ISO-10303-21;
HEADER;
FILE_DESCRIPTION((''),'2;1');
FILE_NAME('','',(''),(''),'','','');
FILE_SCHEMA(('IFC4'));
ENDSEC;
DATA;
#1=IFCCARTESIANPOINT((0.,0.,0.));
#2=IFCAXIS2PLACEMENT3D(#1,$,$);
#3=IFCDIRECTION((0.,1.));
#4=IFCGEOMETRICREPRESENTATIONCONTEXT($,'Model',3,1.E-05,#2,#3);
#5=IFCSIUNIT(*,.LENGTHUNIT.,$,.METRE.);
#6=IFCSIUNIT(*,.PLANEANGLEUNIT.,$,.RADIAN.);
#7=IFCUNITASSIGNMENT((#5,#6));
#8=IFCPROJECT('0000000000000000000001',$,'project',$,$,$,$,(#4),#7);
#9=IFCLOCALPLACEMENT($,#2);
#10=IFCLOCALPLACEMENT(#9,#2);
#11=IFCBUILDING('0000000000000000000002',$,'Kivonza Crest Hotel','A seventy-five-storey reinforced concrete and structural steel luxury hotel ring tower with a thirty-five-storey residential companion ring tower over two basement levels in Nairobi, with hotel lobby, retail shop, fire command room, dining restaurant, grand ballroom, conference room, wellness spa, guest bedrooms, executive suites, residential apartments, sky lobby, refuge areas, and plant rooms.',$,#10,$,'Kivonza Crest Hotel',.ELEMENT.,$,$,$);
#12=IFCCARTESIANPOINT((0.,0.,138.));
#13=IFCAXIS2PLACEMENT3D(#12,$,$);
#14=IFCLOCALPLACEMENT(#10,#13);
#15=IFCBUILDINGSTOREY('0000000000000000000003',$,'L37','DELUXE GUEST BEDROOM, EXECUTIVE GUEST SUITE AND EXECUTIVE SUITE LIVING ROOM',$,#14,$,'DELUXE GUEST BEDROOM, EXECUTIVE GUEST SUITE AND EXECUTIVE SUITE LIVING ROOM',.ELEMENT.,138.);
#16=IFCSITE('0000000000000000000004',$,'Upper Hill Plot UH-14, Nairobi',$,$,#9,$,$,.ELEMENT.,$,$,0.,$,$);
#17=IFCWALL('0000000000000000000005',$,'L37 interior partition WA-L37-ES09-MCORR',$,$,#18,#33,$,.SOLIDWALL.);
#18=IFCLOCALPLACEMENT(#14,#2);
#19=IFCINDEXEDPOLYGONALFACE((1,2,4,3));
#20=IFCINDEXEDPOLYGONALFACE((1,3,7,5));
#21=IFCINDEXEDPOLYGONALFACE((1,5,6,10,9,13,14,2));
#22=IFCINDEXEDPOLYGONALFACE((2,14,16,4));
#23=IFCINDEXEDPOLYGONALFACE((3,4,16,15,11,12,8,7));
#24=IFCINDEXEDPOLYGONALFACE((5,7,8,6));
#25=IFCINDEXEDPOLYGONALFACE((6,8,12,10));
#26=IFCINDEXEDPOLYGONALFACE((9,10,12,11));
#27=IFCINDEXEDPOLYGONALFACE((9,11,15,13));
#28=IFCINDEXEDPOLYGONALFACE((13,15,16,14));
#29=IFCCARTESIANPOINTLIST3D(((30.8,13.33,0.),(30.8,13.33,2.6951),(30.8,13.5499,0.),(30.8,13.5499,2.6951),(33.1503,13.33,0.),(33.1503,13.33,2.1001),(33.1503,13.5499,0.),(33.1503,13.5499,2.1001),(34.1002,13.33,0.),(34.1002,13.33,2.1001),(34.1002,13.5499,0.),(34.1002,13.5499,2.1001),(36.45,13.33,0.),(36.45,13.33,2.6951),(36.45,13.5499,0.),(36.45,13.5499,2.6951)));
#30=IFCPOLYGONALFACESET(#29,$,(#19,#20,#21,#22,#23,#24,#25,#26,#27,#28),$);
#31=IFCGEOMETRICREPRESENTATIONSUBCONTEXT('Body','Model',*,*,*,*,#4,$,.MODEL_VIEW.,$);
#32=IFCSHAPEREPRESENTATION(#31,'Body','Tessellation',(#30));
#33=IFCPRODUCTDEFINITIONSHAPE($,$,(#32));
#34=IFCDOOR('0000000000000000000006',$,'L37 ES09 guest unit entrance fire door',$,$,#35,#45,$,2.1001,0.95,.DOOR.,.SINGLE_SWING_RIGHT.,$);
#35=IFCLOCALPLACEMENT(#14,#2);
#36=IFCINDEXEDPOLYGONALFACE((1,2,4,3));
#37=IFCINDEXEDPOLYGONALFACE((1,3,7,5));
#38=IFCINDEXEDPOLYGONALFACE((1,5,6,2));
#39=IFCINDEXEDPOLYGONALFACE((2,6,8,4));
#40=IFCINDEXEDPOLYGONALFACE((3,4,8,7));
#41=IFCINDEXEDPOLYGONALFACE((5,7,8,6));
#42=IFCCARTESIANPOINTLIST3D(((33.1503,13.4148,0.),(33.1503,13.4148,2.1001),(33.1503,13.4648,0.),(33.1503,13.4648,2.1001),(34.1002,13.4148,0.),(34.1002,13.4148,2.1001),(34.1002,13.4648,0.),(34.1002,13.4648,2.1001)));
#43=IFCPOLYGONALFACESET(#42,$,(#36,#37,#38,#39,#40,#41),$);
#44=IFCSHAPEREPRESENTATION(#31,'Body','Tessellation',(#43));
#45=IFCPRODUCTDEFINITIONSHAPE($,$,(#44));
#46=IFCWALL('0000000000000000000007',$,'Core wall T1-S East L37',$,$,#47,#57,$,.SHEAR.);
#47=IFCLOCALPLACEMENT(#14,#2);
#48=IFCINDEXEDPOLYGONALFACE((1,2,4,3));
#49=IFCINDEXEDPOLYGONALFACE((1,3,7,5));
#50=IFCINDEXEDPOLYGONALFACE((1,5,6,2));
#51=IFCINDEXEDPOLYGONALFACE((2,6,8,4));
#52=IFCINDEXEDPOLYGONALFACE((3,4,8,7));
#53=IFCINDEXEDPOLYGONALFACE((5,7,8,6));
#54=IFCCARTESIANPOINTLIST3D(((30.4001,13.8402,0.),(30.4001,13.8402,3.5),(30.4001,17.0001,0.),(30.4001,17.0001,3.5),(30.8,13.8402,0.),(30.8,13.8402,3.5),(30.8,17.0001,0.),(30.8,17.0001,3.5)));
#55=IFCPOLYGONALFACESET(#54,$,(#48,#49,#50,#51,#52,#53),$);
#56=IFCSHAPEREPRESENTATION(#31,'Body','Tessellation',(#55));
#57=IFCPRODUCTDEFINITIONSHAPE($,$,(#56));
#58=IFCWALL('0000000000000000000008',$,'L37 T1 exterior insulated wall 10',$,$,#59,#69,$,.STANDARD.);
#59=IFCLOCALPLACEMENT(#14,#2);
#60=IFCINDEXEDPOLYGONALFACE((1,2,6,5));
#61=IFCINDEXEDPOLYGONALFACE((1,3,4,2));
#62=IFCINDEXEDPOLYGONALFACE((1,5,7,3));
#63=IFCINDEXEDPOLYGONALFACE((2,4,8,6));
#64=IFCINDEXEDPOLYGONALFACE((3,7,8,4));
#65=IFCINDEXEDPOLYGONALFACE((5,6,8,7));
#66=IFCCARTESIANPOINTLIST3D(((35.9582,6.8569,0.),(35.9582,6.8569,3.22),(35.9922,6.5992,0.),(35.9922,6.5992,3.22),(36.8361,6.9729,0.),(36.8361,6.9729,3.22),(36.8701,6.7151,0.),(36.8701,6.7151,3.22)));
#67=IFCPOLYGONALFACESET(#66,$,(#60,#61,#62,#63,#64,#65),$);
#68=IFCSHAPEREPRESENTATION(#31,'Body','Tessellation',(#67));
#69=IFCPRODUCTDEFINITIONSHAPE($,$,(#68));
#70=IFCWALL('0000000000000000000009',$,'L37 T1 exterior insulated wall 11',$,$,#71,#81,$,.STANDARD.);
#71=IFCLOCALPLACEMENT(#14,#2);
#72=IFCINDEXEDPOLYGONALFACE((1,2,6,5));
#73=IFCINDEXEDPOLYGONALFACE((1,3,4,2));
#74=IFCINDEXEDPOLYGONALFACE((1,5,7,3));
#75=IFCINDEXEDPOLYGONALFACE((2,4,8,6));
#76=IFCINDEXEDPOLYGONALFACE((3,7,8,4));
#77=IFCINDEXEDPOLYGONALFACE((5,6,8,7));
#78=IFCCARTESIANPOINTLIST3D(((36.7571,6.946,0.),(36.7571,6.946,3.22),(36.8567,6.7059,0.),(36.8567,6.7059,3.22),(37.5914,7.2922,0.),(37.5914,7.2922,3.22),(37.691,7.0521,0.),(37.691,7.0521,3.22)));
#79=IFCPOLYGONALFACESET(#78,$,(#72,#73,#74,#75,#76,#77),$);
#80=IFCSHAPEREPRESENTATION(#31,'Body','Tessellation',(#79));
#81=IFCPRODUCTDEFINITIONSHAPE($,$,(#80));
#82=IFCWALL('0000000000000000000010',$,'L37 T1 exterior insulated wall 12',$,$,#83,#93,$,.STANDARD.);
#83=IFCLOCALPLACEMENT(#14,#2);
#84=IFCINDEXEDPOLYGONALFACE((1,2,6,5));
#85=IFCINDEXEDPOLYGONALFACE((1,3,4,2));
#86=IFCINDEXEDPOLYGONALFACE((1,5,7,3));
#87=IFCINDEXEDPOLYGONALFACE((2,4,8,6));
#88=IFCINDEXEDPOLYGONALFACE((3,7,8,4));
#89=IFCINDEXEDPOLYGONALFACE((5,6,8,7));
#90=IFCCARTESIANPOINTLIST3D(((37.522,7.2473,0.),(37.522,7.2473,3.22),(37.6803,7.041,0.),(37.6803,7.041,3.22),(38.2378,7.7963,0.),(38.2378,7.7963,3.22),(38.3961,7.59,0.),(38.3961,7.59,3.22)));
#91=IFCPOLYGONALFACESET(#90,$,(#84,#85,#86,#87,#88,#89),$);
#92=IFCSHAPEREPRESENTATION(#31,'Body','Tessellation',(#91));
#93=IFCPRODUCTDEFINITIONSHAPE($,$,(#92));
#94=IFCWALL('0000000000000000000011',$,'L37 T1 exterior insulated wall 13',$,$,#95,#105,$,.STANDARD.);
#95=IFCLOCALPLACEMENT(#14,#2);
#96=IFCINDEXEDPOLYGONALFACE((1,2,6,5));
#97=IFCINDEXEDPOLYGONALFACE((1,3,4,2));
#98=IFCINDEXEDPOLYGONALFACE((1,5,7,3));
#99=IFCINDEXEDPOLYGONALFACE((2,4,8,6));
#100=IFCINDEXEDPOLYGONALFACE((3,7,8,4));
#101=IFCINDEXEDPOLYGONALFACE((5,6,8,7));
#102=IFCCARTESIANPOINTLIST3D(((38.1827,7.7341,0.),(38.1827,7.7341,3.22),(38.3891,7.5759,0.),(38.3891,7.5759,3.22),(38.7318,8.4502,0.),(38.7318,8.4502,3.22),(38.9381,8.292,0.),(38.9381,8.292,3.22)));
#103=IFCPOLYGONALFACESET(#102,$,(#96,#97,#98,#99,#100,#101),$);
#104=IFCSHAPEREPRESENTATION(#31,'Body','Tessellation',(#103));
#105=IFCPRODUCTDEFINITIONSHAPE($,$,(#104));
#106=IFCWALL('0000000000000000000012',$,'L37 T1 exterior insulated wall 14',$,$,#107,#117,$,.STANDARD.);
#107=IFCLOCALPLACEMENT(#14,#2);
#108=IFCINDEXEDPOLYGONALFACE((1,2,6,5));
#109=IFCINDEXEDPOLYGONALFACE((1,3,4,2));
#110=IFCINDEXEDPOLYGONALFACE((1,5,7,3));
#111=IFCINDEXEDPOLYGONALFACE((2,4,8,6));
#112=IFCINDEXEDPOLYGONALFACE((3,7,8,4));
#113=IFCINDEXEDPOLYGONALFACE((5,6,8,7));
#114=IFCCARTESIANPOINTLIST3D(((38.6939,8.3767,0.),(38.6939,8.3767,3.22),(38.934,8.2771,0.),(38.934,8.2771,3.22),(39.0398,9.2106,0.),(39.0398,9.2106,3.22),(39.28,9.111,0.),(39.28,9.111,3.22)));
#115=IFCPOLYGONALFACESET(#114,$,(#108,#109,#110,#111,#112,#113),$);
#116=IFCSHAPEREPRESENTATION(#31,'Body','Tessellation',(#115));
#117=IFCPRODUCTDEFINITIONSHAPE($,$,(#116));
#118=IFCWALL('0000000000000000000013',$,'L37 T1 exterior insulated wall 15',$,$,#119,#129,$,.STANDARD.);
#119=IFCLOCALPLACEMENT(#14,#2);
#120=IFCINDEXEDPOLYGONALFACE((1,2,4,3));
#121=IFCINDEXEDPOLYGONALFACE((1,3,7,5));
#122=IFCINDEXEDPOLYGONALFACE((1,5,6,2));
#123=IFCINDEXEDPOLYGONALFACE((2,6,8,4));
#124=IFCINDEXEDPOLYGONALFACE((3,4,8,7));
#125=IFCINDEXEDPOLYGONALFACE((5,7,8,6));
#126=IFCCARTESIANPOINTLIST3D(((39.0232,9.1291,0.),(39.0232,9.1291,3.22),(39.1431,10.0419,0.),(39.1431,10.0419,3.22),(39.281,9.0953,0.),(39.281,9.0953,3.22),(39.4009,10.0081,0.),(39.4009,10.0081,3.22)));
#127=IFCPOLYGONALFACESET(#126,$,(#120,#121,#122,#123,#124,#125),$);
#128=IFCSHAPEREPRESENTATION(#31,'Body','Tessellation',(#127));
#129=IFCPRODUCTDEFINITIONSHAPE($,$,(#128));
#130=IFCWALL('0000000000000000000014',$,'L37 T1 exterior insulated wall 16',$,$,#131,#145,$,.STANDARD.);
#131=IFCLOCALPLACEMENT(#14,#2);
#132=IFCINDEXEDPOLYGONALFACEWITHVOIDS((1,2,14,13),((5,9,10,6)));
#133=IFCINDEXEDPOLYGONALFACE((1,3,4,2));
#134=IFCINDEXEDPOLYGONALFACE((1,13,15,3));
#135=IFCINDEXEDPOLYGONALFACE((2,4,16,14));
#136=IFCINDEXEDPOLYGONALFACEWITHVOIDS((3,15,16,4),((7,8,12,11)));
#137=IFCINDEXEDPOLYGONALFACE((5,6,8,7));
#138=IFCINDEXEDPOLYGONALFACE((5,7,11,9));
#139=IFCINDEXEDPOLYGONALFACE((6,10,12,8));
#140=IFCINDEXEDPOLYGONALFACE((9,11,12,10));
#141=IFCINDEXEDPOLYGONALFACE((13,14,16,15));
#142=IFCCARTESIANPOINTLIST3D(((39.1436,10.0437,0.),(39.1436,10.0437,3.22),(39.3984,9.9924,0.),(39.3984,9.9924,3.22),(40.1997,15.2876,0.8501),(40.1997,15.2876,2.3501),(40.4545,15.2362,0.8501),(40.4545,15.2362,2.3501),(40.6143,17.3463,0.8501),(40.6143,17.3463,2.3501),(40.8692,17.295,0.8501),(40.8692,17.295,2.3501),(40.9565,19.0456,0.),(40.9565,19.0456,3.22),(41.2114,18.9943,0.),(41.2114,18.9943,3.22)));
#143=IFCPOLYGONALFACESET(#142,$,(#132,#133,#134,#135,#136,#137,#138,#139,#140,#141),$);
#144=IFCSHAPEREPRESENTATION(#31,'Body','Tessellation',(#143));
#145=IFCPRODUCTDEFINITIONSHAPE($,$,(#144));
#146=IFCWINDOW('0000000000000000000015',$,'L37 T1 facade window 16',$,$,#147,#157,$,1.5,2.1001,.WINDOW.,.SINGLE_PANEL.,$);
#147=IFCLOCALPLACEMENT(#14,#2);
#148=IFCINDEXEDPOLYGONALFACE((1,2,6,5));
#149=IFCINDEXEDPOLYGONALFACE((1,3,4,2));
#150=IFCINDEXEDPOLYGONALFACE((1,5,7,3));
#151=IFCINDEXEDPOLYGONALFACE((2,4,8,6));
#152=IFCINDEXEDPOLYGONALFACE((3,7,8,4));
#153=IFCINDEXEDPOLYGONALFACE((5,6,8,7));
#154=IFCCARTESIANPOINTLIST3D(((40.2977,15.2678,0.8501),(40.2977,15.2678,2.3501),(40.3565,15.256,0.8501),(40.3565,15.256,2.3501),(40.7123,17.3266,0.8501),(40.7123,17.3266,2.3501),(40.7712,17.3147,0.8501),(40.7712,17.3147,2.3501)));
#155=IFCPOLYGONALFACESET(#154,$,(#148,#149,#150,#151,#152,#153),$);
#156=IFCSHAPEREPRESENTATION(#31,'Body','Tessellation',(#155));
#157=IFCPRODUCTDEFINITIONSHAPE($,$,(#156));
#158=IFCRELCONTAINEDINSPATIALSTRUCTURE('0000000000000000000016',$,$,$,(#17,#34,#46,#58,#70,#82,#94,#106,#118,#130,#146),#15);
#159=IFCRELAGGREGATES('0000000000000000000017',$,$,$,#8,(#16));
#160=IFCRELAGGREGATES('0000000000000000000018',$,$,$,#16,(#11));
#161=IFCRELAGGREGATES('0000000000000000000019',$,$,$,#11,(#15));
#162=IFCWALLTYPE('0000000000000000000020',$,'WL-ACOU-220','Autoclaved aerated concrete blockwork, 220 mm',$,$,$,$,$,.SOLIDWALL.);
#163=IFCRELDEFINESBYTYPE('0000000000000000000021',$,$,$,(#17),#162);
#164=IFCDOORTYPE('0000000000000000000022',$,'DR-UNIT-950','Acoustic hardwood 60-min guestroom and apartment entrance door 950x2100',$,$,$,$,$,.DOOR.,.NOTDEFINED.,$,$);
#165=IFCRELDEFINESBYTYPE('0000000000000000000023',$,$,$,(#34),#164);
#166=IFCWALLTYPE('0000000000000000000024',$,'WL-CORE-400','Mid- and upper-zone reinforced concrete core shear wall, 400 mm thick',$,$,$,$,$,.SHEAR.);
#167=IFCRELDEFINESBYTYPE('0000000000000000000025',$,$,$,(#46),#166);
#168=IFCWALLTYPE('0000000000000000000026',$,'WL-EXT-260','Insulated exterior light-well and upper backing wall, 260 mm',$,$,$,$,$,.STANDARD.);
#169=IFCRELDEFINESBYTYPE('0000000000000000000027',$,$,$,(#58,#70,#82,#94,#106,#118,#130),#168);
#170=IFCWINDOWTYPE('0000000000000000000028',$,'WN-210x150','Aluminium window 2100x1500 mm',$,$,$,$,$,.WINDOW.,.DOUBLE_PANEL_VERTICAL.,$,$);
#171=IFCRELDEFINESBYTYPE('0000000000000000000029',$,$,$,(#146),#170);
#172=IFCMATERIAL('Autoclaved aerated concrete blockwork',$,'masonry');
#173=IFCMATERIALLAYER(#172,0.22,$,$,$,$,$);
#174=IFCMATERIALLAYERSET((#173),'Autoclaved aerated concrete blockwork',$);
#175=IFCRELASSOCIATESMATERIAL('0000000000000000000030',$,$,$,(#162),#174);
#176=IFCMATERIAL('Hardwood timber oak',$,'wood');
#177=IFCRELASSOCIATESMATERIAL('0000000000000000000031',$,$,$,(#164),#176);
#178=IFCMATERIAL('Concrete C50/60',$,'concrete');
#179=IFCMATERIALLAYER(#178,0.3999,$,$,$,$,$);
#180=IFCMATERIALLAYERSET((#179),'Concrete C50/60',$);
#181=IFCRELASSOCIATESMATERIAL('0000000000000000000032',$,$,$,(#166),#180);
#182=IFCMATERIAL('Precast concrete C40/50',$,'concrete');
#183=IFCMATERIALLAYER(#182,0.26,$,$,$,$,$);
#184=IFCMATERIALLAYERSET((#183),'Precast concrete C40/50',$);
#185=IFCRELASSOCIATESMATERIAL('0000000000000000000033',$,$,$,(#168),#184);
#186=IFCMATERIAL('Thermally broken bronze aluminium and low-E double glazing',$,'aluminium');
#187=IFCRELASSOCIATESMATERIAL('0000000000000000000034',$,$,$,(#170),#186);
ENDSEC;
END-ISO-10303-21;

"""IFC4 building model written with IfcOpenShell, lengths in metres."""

from ifc_helpers import new_model, si_unit, direction, frame, frame_2d, origin, place, context, subcontext, project, spatial, rectangle, extrude, material, layer, layer_set, type_object, element, fill, save


model = new_model("IFC4")

# Units and contexts
model_context = context("Model", 3, precision=1e-05, world=origin(), true_north=direction((0.0, 1.0)))
body_context = subcontext(model_context, "Body", "Model", "MODEL_VIEW")
ifc_project = project(units=[si_unit("LENGTHUNIT", "METRE"), si_unit("PLANEANGLEUNIT", "RADIAN")], contexts=[model_context])

# Site, building, storey
site_placement = place(None, origin())
site = spatial("IfcSite", under=ifc_project, at=site_placement, Name="Upper Hill Plot UH-14, Nairobi", CompositionType="ELEMENT", RefElevation=0.0)
building_placement = place(site_placement, origin())
building = spatial("IfcBuilding", under=site, at=building_placement, Name="Kivonza Crest Hotel", Description="A seventy-five-storey reinforced concrete and structural steel luxury hotel ring tower with a thirty-five-storey residential companion ring tower over two basement levels in Nairobi, with hotel lobby, retail shop, fire command room, dining restaurant, grand ballroom, conference room, wellness spa, guest bedrooms, executive suites, residential apartments, sky lobby, refuge areas, and plant rooms.", LongName="Kivonza Crest Hotel", CompositionType="ELEMENT")
storey_placement = place(building_placement, frame((0.0, 0.0, 138.0)))
storey = spatial("IfcBuildingStorey", under=building, at=storey_placement, Name="L37", Description="DELUXE GUEST BEDROOM, EXECUTIVE GUEST SUITE AND EXECUTIVE SUITE LIVING ROOM", LongName="DELUXE GUEST BEDROOM, EXECUTIVE GUEST SUITE AND EXECUTIVE SUITE LIVING ROOM", CompositionType="ELEMENT", Elevation=138.0)

# Shared definitions
ifc_material_1 = material(Name="Concrete C50/60", Category="concrete")

# Shared definitions
ifc_material_2 = material(Name="Autoclaved aerated concrete blockwork", Category="masonry")
ifc_layer_1 = layer(ifc_material_2, 0.22)
ifc_layer_set_1 = layer_set([ifc_layer_1], Name="Autoclaved aerated concrete blockwork")
wall_type_1 = type_object("IfcWallType", Name="WL-ACOU-220", Description="Autoclaved aerated concrete blockwork, 220 mm", PredefinedType="SOLIDWALL", material=ifc_layer_set_1)
ifc_material_3 = material(Name="Hardwood timber oak", Category="wood")

# Wall, opening, door
wall_1_placement = place(storey_placement, frame((30.8, 13.4399, 0.0), z_axis=(0.0, 0.0, 1.0), x_axis=(1.0, 0.0, 0.0)))
wall_1 = element("IfcWall", 1, at=wall_1_placement, inside=storey, type_object=wall_type_1, Name="L37 interior partition WA-L37-ES09-MCORR", PredefinedType="SOLIDWALL", context=body_context, shape_type="SweptSolid", body=[
    extrude(rectangle(XDim=5.6499, YDim=0.22, at=frame_2d((2.825, 0.0))), origin(), (0.0, 0.0, 1.0), 2.6951),
])
opening_1_placement = place(wall_1_placement, frame((2.3501, 0.0, 0.0)))
opening_1 = element("IfcOpeningElement", 2, at=opening_1_placement, cuts=wall_1, PredefinedType="OPENING", context=body_context, shape_type="SweptSolid", body=[
    extrude(rectangle(XDim=0.95, YDim=2.1001, at=frame_2d((0.4751, 1.05))), frame((0.0, 0.1201, 0.0), z_axis=(0.0, -1.0, 0.0), x_axis=(1.0, 0.0, 0.0)), (0.0, 0.0, 1.0), 0.24),
])
door_type_1 = type_object("IfcDoorType", Name="DR-UNIT-950", Description="Acoustic hardwood 60-min guestroom and apartment entrance door 950x2100", OperationType="NOTDEFINED", PredefinedType="DOOR", material=ifc_material_3)
door_1_placement = place(opening_1_placement, origin())
door_1 = element("IfcDoor", 3, at=door_1_placement, inside=storey, type_object=door_type_1, Name="L37 ES09 guest unit entrance fire door", OperationType="SINGLE_SWING_RIGHT", OverallHeight=2.1001, OverallWidth=0.95, PredefinedType="DOOR", context=body_context, shape_type="SweptSolid", body=[
    extrude(rectangle(XDim=0.95, YDim=2.1001, at=frame_2d((0.4751, 1.05))), frame((0.0, 0.0249, 0.0), z_axis=(0.0, -1.0, 0.0), x_axis=(1.0, 0.0, 0.0)), (0.0, 0.0, 1.0), 0.05),
])
fill(opening_1, door_1)

# Walls
ifc_layer_2 = layer(ifc_material_1, 0.3999)
ifc_layer_set_2 = layer_set([ifc_layer_2], Name="Concrete C50/60")
wall_type_2 = type_object("IfcWallType", Name="WL-CORE-400", Description="Mid- and upper-zone reinforced concrete core shear wall, 400 mm thick", PredefinedType="SHEAR", material=ifc_layer_set_2)
wall_2_placement = place(storey_placement, frame((30.6001, 13.8401, 0.0), z_axis=(0.0, 0.0, 1.0), x_axis=(0.0, 1.0, 0.0)))
element("IfcWall", 4, at=wall_2_placement, inside=storey, type_object=wall_type_2, Name="Core wall T1-S East L37", PredefinedType="SHEAR", context=body_context, shape_type="SweptSolid", body=[
    extrude(rectangle(XDim=3.1599, YDim=0.3999, at=frame_2d((1.5801, 0.0))), origin(), (0.0, 0.0, 1.0), 3.5),
])
ifc_material_4 = material(Name="Precast concrete C40/50", Category="concrete")
ifc_layer_3 = layer(ifc_material_4, 0.26)
ifc_layer_set_3 = layer_set([ifc_layer_3], Name="Precast concrete C40/50")
wall_type_3 = type_object("IfcWallType", Name="WL-EXT-260", Description="Insulated exterior light-well and upper backing wall, 260 mm", PredefinedType="STANDARD", material=ifc_layer_set_3)
wall_3_placement = place(storey_placement, frame((35.9751, 6.728, 0.0), z_axis=(0.0, 0.0, 1.0), x_axis=(0.991388, 0.130954, 0.0)))
element("IfcWall", 5, at=wall_3_placement, inside=storey, type_object=wall_type_3, Name="L37 T1 exterior insulated wall 10", PredefinedType="STANDARD", context=body_context, shape_type="SweptSolid", body=[
    extrude(rectangle(XDim=0.8855, YDim=0.26, at=frame_2d((0.4429, 0.0))), origin(), (0.0, 0.0, 1.0), 3.22),
])
wall_4_placement = place(storey_placement, frame((36.8069, 6.8259, 0.0), z_axis=(0.0, 0.0, 1.0), x_axis=(0.923628, 0.383291, 0.0)))
element("IfcWall", 6, at=wall_4_placement, inside=storey, type_object=wall_type_3, Name="L37 T1 exterior insulated wall 11", PredefinedType="STANDARD", context=body_context, shape_type="SweptSolid", body=[
    extrude(rectangle(XDim=0.9033, YDim=0.26, at=frame_2d((0.4517, 0.0))), origin(), (0.0, 0.0, 1.0), 3.22),
])
wall_5_placement = place(storey_placement, frame((37.6011, 7.144, 0.0), z_axis=(0.0, 0.0, 1.0), x_axis=(0.793458, 0.608625, 0.0)))
element("IfcWall", 7, at=wall_5_placement, inside=storey, type_object=wall_type_3, Name="L37 T1 exterior insulated wall 12", PredefinedType="STANDARD", context=body_context, shape_type="SweptSolid", body=[
    extrude(rectangle(XDim=0.9021, YDim=0.26, at=frame_2d((0.4512, 0.0))), origin(), (0.0, 0.0, 1.0), 3.22),
])
wall_6_placement = place(storey_placement, frame((38.2859, 7.655, 0.0), z_axis=(0.0, 0.0, 1.0), x_axis=(0.608494, 0.793558, 0.0)))
element("IfcWall", 8, at=wall_6_placement, inside=storey, type_object=wall_type_3, Name="L37 T1 exterior insulated wall 13", PredefinedType="STANDARD", context=body_context, shape_type="SweptSolid", body=[
    extrude(rectangle(XDim=0.9023, YDim=0.26, at=frame_2d((0.4512, 0.0))), origin(), (0.0, 0.0, 1.0), 3.22),
])
wall_7_placement = place(storey_placement, frame((38.814, 8.3269, 0.0), z_axis=(0.0, 0.0, 1.0), x_axis=(0.383156, 0.923684, 0.0)))
element("IfcWall", 9, at=wall_7_placement, inside=storey, type_object=wall_type_3, Name="L37 T1 exterior insulated wall 14", PredefinedType="STANDARD", context=body_context, shape_type="SweptSolid", body=[
    extrude(rectangle(XDim=0.9028, YDim=0.26, at=frame_2d((0.4514, 0.0))), origin(), (0.0, 0.0, 1.0), 3.22),
])
wall_8_placement = place(storey_placement, frame((39.1521, 9.1121, 0.0), z_axis=(0.0, 0.0, 1.0), x_axis=(0.130201, 0.991488, 0.0)))
element("IfcWall", 10, at=wall_8_placement, inside=storey, type_object=wall_type_3, Name="L37 T1 exterior insulated wall 15", PredefinedType="STANDARD", context=body_context, shape_type="SweptSolid", body=[
    extrude(rectangle(XDim=0.9207, YDim=0.26, at=frame_2d((0.4604, 0.0))), origin(), (0.0, 0.0, 1.0), 3.22),
])

# Wall, opening, window
wall_9_placement = place(storey_placement, frame((39.271, 10.0181, 0.0), z_axis=(0.0, 0.0, 1.0), x_axis=(0.197435, 0.980316, 0.0)))
wall_9 = element("IfcWall", 11, at=wall_9_placement, inside=storey, type_object=wall_type_3, Name="L37 T1 exterior insulated wall 16", PredefinedType="STANDARD", context=body_context, shape_type="SweptSolid", body=[
    extrude(rectangle(XDim=9.1826, YDim=0.26, at=frame_2d((4.5913, 0.0))), origin(), (0.0, 0.0, 1.0), 3.22),
])
opening_2_placement = place(wall_9_placement, frame((5.3491, 0.0, 0.8501)))
opening_2 = element("IfcOpeningElement", 12, at=opening_2_placement, cuts=wall_9, PredefinedType="OPENING", context=body_context, shape_type="SweptSolid", body=[
    extrude(rectangle(XDim=2.1001, YDim=1.5, at=frame_2d((1.05, 0.75))), frame((0.0, 0.1401, 0.0), z_axis=(0.0, -1.0, 0.0), x_axis=(1.0, 0.0, 0.0)), (0.0, 0.0, 1.0), 0.28),
])
ifc_material_5 = material(Name="Thermally broken bronze aluminium and low-E double glazing", Category="aluminium")
window_type = type_object("IfcWindowType", Name="WN-210x150", Description="Aluminium window 2100x1500 mm", PartitioningType="DOUBLE_PANEL_VERTICAL", PredefinedType="WINDOW", material=ifc_material_5)
window_placement = place(opening_2_placement, origin())
window = element("IfcWindow", 13, at=window_placement, inside=storey, type_object=window_type, Name="L37 T1 facade window 16", OverallHeight=1.5, OverallWidth=2.1001, PartitioningType="SINGLE_PANEL", PredefinedType="WINDOW", context=body_context, shape_type="SweptSolid", body=[
    extrude(rectangle(XDim=2.1001, YDim=1.5, at=frame_2d((1.05, 0.75))), frame((0.0, 0.03, 0.0), z_axis=(0.0, -1.0, 0.0), x_axis=(1.0, 0.0, 0.0)), (0.0, 0.0, 1.0), 0.0601),
])
fill(opening_2, window)

save(model, "model.ifc")
